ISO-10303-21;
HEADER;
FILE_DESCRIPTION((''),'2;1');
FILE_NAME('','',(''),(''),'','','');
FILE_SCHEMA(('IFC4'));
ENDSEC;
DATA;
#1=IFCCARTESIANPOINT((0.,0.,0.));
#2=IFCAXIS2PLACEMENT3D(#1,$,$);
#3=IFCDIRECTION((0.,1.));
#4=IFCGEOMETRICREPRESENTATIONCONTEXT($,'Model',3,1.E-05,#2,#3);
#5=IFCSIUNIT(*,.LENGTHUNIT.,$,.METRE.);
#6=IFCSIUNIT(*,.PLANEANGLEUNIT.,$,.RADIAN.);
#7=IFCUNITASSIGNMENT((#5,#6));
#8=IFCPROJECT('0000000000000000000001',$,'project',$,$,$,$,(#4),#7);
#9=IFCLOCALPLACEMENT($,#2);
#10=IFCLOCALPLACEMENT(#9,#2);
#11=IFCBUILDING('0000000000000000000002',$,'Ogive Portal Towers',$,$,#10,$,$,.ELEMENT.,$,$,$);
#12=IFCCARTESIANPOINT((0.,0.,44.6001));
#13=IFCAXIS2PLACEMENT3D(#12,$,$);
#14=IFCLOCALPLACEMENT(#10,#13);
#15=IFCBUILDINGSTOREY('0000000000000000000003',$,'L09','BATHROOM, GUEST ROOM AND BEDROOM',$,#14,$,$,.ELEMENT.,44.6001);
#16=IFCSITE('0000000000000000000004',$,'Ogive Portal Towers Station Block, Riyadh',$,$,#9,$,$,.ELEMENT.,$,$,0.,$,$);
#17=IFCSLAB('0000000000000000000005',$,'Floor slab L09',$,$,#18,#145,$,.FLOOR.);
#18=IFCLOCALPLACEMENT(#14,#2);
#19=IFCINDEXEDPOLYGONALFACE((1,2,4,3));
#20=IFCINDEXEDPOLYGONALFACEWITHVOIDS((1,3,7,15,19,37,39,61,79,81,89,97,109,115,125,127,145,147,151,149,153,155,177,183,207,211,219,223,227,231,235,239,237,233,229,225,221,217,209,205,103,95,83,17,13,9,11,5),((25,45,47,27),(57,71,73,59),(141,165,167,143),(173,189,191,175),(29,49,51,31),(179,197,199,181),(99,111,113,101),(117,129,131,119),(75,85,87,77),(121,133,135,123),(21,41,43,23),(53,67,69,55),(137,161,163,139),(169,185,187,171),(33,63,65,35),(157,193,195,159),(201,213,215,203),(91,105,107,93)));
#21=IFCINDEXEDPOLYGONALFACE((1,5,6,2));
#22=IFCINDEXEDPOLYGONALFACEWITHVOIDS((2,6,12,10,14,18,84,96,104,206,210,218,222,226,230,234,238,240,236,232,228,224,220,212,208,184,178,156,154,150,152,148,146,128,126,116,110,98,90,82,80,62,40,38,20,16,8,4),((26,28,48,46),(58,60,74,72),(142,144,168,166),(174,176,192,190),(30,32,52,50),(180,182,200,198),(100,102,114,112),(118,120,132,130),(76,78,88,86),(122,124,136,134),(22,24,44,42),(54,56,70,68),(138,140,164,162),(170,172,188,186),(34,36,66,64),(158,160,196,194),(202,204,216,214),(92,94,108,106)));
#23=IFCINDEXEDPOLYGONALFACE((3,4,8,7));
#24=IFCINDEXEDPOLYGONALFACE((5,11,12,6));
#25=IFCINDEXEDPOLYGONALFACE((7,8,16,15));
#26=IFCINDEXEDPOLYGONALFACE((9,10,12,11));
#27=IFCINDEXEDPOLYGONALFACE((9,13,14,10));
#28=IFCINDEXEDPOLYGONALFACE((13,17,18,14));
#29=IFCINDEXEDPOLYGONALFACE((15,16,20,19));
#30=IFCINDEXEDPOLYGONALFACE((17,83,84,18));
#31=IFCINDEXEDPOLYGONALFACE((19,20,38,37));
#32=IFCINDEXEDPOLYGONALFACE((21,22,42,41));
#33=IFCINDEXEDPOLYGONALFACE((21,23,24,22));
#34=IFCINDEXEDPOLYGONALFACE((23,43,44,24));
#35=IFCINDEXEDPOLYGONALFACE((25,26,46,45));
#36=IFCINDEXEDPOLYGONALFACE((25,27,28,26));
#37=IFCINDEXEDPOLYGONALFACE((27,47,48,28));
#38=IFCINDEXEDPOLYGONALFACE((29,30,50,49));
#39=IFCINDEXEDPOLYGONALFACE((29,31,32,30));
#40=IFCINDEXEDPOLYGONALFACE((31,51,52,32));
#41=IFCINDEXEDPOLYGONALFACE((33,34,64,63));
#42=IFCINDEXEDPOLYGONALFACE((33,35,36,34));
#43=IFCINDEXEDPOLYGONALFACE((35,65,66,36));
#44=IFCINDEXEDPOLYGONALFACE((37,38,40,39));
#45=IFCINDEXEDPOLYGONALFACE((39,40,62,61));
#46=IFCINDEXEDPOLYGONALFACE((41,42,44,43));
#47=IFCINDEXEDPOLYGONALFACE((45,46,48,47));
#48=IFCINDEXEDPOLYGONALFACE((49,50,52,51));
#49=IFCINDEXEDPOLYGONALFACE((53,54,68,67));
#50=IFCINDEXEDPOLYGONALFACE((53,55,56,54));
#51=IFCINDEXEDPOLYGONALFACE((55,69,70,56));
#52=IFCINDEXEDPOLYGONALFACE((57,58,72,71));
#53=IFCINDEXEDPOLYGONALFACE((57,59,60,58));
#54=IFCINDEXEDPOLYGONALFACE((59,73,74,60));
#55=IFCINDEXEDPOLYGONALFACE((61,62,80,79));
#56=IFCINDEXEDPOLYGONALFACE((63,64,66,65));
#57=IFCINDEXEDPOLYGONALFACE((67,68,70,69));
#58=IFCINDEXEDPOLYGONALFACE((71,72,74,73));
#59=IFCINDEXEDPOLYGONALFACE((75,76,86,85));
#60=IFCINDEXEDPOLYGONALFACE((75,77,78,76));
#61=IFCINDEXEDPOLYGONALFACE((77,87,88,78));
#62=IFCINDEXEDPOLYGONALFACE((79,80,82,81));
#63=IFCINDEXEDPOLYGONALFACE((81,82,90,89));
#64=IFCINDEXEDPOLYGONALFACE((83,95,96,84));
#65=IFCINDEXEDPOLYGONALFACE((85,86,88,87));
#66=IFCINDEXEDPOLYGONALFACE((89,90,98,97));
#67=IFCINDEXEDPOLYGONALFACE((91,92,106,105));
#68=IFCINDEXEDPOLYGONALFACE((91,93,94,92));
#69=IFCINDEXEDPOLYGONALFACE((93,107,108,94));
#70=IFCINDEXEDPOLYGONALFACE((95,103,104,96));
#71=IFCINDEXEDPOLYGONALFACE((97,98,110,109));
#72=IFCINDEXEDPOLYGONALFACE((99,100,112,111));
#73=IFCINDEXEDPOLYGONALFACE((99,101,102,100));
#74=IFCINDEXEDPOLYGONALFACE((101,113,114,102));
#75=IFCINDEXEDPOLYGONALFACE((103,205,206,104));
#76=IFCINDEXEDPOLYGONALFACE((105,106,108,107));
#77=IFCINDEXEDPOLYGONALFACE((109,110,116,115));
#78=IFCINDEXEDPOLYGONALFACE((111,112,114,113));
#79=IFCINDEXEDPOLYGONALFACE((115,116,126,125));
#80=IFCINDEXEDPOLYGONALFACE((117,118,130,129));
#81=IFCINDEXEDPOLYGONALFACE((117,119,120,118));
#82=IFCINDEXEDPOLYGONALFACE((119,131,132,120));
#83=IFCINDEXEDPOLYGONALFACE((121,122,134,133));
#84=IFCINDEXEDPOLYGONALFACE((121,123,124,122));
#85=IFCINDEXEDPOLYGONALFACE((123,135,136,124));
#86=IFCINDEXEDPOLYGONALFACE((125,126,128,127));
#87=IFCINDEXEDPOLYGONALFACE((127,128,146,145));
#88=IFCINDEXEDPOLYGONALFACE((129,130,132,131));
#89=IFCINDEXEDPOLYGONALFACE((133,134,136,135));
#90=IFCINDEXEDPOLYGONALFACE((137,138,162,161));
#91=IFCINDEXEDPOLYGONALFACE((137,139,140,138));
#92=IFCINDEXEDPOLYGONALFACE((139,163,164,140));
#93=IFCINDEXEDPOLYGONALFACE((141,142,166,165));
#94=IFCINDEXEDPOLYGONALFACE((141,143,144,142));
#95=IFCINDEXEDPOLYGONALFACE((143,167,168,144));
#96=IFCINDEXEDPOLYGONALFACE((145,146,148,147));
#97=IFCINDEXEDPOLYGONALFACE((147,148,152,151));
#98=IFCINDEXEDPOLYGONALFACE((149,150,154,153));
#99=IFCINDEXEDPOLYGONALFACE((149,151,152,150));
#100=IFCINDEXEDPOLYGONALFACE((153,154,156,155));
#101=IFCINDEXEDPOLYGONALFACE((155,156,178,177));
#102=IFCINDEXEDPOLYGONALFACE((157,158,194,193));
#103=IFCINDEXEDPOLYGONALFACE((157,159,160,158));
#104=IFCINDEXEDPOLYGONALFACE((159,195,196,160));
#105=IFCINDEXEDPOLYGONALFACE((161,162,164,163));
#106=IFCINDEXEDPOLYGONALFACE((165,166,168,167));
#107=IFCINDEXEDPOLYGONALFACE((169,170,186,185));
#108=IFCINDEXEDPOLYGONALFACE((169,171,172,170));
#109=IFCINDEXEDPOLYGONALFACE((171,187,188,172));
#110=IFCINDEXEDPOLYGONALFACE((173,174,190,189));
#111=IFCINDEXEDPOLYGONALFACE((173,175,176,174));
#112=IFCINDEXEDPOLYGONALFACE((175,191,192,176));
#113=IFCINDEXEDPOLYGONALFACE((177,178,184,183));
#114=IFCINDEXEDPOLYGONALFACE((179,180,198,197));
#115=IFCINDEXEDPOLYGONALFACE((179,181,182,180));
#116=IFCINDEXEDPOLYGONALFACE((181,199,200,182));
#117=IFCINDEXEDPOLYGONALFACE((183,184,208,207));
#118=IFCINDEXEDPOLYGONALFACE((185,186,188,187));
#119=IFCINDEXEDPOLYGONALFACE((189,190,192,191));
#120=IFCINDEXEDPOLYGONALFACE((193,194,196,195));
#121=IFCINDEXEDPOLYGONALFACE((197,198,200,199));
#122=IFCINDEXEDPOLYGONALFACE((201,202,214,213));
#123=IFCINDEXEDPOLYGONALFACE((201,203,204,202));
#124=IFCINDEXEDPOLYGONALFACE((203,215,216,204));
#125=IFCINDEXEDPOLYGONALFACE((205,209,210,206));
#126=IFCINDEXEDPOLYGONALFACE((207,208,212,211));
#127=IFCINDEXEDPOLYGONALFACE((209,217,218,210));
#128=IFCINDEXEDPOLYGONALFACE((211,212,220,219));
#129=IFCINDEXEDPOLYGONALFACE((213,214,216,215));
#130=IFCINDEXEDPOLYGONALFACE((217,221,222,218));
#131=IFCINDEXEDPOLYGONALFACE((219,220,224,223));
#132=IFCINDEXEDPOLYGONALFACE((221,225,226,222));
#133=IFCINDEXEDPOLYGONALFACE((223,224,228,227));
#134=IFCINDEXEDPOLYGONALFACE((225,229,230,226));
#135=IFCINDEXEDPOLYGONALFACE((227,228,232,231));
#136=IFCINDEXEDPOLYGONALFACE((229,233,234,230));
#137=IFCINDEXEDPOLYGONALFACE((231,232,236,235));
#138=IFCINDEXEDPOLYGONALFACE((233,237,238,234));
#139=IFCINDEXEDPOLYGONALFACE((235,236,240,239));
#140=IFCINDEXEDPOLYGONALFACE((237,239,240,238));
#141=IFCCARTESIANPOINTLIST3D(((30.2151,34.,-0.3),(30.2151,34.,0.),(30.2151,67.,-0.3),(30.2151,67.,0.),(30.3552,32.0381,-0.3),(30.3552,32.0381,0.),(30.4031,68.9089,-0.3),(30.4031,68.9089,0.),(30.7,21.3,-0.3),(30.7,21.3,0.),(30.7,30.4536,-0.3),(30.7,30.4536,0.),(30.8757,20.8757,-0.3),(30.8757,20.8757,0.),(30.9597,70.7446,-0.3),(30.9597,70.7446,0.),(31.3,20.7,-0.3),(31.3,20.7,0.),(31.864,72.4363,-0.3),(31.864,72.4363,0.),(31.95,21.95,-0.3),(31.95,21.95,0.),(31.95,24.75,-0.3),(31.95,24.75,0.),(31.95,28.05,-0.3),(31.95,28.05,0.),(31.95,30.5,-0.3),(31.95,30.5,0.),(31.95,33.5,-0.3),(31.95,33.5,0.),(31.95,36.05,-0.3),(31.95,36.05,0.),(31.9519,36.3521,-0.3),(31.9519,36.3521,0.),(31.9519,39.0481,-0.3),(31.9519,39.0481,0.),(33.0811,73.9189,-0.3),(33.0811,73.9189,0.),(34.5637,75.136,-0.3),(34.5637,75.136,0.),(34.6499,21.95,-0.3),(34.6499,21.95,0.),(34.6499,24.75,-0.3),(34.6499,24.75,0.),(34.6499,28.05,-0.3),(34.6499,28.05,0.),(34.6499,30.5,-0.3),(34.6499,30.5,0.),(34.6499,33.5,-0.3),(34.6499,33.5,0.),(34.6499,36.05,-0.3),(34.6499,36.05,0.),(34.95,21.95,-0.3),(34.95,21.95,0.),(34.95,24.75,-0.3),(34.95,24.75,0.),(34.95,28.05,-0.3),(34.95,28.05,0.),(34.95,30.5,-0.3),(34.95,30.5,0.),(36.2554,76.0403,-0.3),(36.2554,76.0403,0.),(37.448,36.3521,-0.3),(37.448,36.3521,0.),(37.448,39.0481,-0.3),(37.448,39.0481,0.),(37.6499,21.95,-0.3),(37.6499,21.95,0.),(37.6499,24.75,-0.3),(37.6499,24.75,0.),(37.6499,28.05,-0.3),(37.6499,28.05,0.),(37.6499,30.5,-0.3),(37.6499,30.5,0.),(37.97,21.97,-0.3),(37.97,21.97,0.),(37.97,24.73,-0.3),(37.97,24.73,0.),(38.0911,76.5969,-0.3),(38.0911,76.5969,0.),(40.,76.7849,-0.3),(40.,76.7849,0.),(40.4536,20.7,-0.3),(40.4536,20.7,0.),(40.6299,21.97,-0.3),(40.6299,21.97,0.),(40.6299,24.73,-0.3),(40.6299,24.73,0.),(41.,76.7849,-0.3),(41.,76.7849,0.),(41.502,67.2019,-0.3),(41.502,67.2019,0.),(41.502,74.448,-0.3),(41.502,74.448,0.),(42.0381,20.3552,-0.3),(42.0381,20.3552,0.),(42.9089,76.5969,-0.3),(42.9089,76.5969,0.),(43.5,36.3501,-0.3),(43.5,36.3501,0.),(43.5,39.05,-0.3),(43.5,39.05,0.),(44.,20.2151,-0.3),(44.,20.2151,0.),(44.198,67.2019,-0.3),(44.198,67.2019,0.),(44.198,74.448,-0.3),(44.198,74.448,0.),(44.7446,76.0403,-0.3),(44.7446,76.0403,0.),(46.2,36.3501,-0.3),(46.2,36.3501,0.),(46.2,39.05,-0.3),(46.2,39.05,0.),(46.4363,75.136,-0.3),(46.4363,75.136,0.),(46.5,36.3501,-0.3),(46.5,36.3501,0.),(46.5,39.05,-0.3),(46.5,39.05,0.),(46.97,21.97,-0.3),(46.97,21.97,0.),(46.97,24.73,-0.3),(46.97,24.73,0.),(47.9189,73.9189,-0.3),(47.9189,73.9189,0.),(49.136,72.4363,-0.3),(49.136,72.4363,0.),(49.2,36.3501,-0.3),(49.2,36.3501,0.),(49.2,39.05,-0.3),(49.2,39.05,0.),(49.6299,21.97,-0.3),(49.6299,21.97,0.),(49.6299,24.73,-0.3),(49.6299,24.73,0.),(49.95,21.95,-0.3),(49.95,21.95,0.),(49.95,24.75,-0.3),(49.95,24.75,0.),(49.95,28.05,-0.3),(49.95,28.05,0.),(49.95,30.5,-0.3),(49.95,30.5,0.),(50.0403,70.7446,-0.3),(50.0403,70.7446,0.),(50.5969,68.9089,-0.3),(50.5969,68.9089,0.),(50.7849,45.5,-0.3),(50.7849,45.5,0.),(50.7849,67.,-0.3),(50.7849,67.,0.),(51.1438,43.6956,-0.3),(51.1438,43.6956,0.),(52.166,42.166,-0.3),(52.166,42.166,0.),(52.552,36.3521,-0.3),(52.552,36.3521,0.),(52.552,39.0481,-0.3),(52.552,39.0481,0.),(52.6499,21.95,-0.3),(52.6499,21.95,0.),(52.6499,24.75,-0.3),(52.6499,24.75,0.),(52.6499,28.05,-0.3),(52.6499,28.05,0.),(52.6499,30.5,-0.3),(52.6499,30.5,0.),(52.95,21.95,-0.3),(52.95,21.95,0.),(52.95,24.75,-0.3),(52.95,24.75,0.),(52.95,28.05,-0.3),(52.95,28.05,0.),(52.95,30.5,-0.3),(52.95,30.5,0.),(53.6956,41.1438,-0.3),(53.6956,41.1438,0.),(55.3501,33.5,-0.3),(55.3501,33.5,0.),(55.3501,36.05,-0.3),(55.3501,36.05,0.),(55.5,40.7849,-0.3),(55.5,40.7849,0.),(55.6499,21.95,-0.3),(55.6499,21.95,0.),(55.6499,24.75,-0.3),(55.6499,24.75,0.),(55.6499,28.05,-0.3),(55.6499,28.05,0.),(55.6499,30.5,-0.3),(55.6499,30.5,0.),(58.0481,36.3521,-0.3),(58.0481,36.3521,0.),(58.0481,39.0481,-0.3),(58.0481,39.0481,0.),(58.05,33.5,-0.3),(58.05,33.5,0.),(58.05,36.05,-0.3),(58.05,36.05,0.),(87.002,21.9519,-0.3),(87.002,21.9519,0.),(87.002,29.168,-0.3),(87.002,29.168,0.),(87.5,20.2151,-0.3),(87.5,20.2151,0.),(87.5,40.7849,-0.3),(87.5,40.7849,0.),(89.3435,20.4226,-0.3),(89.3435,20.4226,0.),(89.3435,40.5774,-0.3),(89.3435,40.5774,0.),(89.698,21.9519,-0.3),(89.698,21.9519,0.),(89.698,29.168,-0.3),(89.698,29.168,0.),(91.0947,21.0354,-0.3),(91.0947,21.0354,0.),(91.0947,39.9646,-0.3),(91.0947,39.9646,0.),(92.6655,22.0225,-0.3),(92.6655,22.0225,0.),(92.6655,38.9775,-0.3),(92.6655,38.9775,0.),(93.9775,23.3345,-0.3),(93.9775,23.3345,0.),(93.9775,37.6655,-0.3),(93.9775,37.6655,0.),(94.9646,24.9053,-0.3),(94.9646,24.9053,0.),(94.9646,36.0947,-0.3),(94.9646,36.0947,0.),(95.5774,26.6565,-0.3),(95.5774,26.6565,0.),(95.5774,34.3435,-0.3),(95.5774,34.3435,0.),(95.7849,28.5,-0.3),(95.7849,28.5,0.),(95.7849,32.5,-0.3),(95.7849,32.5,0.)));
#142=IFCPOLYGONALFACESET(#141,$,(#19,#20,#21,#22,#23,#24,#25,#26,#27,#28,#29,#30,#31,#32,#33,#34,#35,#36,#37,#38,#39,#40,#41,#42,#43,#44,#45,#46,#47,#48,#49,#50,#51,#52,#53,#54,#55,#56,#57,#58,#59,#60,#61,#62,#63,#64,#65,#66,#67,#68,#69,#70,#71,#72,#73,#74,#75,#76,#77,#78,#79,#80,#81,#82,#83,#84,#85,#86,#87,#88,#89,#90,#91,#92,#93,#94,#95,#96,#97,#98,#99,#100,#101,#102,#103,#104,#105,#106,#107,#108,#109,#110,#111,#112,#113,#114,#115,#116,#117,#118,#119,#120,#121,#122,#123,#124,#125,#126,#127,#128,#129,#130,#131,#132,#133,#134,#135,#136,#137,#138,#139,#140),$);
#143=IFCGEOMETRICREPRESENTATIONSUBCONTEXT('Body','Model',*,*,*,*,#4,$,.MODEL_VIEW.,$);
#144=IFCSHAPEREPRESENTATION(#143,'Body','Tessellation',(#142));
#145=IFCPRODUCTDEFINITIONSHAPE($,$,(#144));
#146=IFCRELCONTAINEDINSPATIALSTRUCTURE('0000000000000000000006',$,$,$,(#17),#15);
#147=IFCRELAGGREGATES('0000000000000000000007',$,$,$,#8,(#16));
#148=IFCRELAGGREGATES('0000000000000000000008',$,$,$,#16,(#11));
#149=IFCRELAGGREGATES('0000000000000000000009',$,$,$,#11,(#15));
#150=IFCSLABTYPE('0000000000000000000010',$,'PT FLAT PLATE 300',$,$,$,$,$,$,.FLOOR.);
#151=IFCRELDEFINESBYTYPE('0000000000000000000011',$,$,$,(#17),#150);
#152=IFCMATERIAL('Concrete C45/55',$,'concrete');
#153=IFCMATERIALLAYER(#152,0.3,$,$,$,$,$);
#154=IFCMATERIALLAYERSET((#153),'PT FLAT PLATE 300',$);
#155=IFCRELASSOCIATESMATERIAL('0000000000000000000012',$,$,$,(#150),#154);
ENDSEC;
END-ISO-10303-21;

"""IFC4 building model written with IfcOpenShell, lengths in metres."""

from ifc_helpers import new_model, si_unit, direction, frame, origin, place, context, subcontext, project, spatial, polyline, outline, extrude, material, layer, layer_set, type_object, element, save


model = new_model("IFC4")

# Units and contexts
model_context = context("Model", 3, precision=1e-05, world=origin(), true_north=direction((0.0, 1.0)))
body_context = subcontext(model_context, "Body", "Model", "MODEL_VIEW")
ifc_project = project(units=[si_unit("LENGTHUNIT", "METRE"), si_unit("PLANEANGLEUNIT", "RADIAN")], contexts=[model_context])

# Site, building, storey
site_placement = place(None, origin())
site = spatial("IfcSite", under=ifc_project, at=site_placement, Name="Ogive Portal Towers Station Block, Riyadh", CompositionType="ELEMENT", RefElevation=0.0)
building_placement = place(site_placement, origin())
building = spatial("IfcBuilding", under=site, at=building_placement, Name="Ogive Portal Towers", CompositionType="ELEMENT")
storey_placement = place(building_placement, frame((0.0, 0.0, 44.6001)))
storey = spatial("IfcBuildingStorey", under=building, at=storey_placement, Name="L09", Description="BATHROOM, GUEST ROOM AND BEDROOM", CompositionType="ELEMENT", Elevation=44.6001)

# Slab
ifc_material_1 = material(Name="Concrete C45/55", Category="concrete")
ifc_layer_1 = layer(ifc_material_1, 0.3)
ifc_layer_set_1 = layer_set([ifc_layer_1], Name="PT FLAT PLATE 300")
slab_type = type_object("IfcSlabType", Name="PT FLAT PLATE 300", PredefinedType="FLOOR", material=ifc_layer_set_1)
slab_1_placement = place(storey_placement, frame((0.0, 0.0, -0.3)))
element("IfcSlab", 1, at=slab_1_placement, inside=storey, type_object=slab_type, Name="Floor slab L09", PredefinedType="FLOOR", context=body_context, shape_type="SweptSolid", body=[
    extrude(outline(polyline([(30.2151, 34.0), (30.3552, 32.0381), (30.7, 30.4536), (30.7, 21.3), (30.8757, 20.8757), (31.3, 20.7), (40.4536, 20.7), (42.0381, 20.3552), (44.0, 20.2151), (87.5, 20.2151), (89.3435, 20.4226), (91.0947, 21.0354), (92.6655, 22.0225), (93.9775, 23.3345), (94.9646, 24.9053), (95.5774, 26.6565), (95.7849, 28.5), (95.7849, 32.5), (95.5774, 34.3435), (94.9646, 36.0947), (93.9775, 37.6655), (92.6655, 38.9775), (91.0947, 39.9646), (89.3435, 40.5774), (87.5, 40.7849), (55.5, 40.7849), (53.6956, 41.1438), (52.166, 42.166), (51.1438, 43.6956), (50.7849, 45.5), (50.7849, 67.0), (50.5969, 68.9089), (50.0403, 70.7446), (49.136, 72.4363), (47.9189, 73.9189), (46.4363, 75.136), (44.7446, 76.0403), (42.9089, 76.5969), (41.0, 76.7849), (40.0, 76.7849), (38.0911, 76.5969), (36.2554, 76.0403), (34.5637, 75.136), (33.0811, 73.9189), (31.864, 72.4363), (30.9597, 70.7446), (30.4031, 68.9089), (30.2151, 67.0), (30.2151, 34.0)]), holes=[polyline([(34.6499, 24.75), (34.6499, 21.95), (31.95, 21.95), (31.95, 24.75), (34.6499, 24.75)]), polyline([(37.6499, 24.75), (37.6499, 21.95), (34.95, 21.95), (34.95, 24.75), (37.6499, 24.75)]), polyline([(40.6299, 21.97), (37.97, 21.97), (37.97, 24.73), (40.6299, 24.73), (40.6299, 21.97)]), polyline([(34.6499, 28.05), (31.95, 28.05), (31.95, 30.5), (34.6499, 30.5), (34.6499, 28.05)]), polyline([(37.6499, 28.05), (34.95, 28.05), (34.95, 30.5), (37.6499, 30.5), (37.6499, 28.05)]), polyline([(34.6499, 36.05), (34.6499, 33.5), (31.95, 33.5), (31.95, 36.05), (34.6499, 36.05)]), polyline([(31.9519, 39.0481), (37.448, 39.0481), (37.448, 36.3521), (31.9519, 36.3521), (31.9519, 39.0481)]), polyline([(46.2, 39.05), (46.2, 36.3501), (43.5, 36.3501), (43.5, 39.05), (46.2, 39.05)]), polyline([(49.2, 36.3501), (46.5, 36.3501), (46.5, 39.05), (49.2, 39.05), (49.2, 36.3501)]), polyline([(44.198, 67.2019), (41.502, 67.2019), (41.502, 74.448), (44.198, 74.448), (44.198, 67.2019)]), polyline([(49.6299, 21.97), (46.97, 21.97), (46.97, 24.73), (49.6299, 24.73), (49.6299, 21.97)]), polyline([(52.6499, 24.75), (52.6499, 21.95), (49.95, 21.95), (49.95, 24.75), (52.6499, 24.75)]), polyline([(55.6499, 21.95), (52.95, 21.95), (52.95, 24.75), (55.6499, 24.75), (55.6499, 21.95)]), polyline([(87.002, 29.168), (89.698, 29.168), (89.698, 21.9519), (87.002, 21.9519), (87.002, 29.168)]), polyline([(52.6499, 30.5), (52.6499, 28.05), (49.95, 28.05), (49.95, 30.5), (52.6499, 30.5)]), polyline([(55.6499, 30.5), (55.6499, 28.05), (52.95, 28.05), (52.95, 30.5), (55.6499, 30.5)]), polyline([(58.05, 33.5), (55.3501, 33.5), (55.3501, 36.05), (58.05, 36.05), (58.05, 33.5)]), polyline([(52.552, 36.3521), (52.552, 39.0481), (58.0481, 39.0481), (58.0481, 36.3521), (52.552, 36.3521)])]), origin(), (0.0, 0.0, 1.0), 0.3),
])

save(model, "model.ifc")
